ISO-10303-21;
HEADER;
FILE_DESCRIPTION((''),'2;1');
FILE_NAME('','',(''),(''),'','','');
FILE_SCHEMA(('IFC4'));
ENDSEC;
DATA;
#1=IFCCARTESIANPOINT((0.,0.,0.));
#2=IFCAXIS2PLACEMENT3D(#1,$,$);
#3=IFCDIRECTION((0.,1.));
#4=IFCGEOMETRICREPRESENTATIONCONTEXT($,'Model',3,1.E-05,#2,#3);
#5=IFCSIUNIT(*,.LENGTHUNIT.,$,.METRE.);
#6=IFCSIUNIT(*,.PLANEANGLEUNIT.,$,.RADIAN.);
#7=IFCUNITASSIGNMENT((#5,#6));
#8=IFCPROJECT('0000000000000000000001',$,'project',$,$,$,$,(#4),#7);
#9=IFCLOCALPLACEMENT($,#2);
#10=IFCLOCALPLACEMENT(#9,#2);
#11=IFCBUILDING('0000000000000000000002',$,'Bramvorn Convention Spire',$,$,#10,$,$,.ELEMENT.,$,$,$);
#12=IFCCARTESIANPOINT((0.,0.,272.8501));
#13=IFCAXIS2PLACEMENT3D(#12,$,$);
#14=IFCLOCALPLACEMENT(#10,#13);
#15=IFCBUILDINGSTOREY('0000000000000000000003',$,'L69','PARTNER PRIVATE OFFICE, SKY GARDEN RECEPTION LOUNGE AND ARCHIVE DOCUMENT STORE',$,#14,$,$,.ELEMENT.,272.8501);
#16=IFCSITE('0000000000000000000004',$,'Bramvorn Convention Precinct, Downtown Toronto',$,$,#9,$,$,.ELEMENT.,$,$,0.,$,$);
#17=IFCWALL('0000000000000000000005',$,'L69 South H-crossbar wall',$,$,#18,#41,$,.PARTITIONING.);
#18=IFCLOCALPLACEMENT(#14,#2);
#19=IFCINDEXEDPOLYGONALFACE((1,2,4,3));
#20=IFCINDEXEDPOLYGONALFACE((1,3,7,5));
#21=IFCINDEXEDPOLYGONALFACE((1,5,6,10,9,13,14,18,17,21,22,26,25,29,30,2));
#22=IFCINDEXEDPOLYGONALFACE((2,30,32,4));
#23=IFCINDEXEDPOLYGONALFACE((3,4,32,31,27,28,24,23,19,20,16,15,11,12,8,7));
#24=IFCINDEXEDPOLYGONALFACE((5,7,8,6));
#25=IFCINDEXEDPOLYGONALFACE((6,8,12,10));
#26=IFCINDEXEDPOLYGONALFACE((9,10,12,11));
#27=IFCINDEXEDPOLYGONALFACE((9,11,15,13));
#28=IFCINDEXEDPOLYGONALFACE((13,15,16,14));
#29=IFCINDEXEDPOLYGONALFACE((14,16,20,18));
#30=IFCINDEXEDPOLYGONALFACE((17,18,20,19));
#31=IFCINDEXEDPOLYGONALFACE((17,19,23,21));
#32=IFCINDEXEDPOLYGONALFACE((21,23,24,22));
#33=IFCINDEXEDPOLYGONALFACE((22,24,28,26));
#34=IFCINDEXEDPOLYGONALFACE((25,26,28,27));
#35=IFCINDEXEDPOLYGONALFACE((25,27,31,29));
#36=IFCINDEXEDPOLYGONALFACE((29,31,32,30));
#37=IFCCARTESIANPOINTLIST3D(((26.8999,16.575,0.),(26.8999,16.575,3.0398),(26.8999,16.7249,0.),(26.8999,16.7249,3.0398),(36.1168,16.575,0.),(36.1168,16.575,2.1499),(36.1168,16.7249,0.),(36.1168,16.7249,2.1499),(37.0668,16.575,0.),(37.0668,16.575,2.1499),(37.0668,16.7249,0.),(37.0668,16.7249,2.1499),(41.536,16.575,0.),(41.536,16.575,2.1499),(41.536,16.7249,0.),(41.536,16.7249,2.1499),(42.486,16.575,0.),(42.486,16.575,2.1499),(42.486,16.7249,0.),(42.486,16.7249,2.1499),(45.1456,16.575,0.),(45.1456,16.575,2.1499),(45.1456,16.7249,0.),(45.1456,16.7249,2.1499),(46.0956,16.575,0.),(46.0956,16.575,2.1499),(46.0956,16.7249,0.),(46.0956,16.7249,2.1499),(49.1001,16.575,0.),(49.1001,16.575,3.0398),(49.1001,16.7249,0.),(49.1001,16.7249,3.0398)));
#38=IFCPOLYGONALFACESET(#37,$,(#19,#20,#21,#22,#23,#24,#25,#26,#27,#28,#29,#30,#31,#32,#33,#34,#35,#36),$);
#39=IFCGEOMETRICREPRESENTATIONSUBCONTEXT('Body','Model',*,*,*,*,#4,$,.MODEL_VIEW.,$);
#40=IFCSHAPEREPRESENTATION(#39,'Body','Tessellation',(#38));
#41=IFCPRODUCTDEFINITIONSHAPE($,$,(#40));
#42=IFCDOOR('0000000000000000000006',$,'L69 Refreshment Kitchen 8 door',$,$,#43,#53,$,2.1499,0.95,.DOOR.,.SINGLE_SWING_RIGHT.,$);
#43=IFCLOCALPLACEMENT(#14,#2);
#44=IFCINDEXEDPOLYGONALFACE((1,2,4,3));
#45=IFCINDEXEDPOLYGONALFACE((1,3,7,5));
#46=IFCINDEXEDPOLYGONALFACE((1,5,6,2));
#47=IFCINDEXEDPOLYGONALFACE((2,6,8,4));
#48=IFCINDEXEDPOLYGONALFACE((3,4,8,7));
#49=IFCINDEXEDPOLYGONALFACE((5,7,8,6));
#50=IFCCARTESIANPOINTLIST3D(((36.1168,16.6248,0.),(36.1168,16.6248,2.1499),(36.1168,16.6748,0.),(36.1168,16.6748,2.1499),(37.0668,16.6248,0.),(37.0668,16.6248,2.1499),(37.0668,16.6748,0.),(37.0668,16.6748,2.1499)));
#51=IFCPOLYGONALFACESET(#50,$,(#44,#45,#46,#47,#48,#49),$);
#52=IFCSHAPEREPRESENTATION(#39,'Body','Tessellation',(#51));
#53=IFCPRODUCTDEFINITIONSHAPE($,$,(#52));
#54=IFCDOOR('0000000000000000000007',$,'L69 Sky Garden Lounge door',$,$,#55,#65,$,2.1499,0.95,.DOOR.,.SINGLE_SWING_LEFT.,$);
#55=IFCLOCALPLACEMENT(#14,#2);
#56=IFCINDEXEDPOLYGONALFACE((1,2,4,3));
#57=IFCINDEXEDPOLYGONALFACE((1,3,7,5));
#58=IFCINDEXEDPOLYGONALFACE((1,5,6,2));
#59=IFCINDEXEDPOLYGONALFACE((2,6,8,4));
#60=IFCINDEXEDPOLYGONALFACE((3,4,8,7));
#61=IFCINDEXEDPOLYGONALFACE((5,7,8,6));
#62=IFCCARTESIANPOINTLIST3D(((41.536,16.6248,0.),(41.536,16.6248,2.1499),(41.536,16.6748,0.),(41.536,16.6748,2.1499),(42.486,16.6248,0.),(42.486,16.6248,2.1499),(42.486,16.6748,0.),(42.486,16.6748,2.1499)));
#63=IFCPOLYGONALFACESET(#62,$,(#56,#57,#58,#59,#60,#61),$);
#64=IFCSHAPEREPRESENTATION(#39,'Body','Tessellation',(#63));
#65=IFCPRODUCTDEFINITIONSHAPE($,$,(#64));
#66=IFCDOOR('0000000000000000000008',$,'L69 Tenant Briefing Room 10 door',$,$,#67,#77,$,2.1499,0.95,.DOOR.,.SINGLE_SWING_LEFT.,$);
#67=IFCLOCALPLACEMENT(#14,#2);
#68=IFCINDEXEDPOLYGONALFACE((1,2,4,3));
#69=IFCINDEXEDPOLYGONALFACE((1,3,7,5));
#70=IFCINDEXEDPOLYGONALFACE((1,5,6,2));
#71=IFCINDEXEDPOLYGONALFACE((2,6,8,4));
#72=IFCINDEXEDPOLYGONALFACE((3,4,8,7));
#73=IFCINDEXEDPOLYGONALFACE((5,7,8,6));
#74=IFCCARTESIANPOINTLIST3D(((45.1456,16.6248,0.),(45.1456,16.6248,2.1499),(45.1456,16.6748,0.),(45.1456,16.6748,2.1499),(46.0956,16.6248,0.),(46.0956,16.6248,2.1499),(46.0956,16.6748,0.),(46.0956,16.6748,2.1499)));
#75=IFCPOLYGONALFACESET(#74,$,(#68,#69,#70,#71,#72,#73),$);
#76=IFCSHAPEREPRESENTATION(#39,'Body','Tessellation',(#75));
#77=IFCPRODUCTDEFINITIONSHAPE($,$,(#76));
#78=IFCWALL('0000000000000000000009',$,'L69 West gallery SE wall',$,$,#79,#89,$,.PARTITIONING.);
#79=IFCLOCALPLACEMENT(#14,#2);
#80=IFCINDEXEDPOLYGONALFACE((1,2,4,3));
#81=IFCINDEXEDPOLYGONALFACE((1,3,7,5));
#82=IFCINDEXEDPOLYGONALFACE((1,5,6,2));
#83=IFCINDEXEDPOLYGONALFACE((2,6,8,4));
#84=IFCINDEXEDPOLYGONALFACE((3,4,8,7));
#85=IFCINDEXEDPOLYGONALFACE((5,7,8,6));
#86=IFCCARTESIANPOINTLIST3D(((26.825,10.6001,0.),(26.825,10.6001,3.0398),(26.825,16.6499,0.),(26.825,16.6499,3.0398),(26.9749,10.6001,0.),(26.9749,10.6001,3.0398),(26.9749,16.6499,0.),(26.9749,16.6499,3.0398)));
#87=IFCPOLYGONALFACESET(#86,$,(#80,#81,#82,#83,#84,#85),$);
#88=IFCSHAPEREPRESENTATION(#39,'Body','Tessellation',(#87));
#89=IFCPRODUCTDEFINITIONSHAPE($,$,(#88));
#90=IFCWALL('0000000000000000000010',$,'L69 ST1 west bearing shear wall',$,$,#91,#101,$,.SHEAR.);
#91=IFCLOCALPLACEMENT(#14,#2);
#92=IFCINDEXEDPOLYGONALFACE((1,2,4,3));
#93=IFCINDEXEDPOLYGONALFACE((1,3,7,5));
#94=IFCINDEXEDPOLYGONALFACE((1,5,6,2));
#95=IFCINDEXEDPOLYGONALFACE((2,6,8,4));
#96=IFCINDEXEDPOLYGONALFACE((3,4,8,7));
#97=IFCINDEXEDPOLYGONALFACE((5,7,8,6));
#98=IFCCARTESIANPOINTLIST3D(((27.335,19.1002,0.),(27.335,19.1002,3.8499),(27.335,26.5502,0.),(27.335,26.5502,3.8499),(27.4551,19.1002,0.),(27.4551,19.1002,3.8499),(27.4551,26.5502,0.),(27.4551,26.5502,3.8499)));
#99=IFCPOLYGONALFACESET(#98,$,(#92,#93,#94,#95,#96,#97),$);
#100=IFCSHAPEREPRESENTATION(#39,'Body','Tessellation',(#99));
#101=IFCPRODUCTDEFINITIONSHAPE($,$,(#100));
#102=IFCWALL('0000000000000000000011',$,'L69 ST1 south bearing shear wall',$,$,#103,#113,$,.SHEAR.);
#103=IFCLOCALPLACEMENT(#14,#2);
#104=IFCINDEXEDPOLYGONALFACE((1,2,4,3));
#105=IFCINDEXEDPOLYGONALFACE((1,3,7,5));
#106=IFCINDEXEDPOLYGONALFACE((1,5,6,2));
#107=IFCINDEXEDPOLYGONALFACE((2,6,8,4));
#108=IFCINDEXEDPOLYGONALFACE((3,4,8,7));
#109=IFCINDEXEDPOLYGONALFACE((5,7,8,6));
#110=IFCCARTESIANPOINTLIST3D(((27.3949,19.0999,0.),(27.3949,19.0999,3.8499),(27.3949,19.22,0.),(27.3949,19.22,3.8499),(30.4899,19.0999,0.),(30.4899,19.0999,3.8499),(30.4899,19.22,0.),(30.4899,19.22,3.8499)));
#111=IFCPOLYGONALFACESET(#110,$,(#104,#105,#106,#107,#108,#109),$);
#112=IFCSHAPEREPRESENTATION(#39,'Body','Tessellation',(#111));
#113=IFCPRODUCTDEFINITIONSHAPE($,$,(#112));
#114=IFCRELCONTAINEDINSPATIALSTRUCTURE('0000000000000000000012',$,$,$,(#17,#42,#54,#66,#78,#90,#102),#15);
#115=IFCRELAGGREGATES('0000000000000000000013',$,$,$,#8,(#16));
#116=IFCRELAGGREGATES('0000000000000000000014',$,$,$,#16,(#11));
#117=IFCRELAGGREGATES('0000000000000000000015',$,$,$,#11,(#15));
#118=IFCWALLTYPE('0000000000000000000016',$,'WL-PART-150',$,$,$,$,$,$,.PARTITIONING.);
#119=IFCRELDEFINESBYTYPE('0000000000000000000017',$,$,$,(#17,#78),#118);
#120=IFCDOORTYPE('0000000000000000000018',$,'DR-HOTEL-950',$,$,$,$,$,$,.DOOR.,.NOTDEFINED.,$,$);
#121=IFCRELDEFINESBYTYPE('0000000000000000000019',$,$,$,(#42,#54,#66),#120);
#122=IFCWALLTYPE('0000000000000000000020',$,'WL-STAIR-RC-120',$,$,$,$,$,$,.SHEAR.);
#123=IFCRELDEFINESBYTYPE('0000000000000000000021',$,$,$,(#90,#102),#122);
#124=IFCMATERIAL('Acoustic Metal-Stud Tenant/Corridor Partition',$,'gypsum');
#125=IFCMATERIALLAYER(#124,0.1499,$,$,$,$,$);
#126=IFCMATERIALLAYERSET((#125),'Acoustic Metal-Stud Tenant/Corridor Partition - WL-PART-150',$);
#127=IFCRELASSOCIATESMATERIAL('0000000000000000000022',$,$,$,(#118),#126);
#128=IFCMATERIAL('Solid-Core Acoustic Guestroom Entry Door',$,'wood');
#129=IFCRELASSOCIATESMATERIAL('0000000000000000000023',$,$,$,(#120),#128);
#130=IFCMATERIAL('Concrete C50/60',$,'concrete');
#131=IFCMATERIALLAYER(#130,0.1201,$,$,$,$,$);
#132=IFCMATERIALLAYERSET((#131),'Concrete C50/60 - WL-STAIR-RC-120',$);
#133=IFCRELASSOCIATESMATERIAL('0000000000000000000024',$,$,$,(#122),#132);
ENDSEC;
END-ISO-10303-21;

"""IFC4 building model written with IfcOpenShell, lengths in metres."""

from ifc_helpers import new_model, si_unit, direction, frame, frame_2d, origin, place, context, subcontext, project, spatial, rectangle, extrude, material, layer, layer_set, type_object, element, fill, save


model = new_model("IFC4")

# Units and contexts
model_context = context("Model", 3, precision=1e-05, world=origin(), true_north=direction((0.0, 1.0)))
body_context = subcontext(model_context, "Body", "Model", "MODEL_VIEW")
ifc_project = project(units=[si_unit("LENGTHUNIT", "METRE"), si_unit("PLANEANGLEUNIT", "RADIAN")], contexts=[model_context])

# Site, building, storey
site_placement = place(None, origin())
site = spatial("IfcSite", under=ifc_project, at=site_placement, Name="Bramvorn Convention Precinct, Downtown Toronto", CompositionType="ELEMENT", RefElevation=0.0)
building_placement = place(site_placement, origin())
building = spatial("IfcBuilding", under=site, at=building_placement, Name="Bramvorn Convention Spire", CompositionType="ELEMENT")
storey_placement = place(building_placement, frame((0.0, 0.0, 272.8501)))
storey = spatial("IfcBuildingStorey", under=building, at=storey_placement, Name="L69", Description="PARTNER PRIVATE OFFICE, SKY GARDEN RECEPTION LOUNGE AND ARCHIVE DOCUMENT STORE", CompositionType="ELEMENT", Elevation=272.8501)

# Shared definitions
ifc_material_1 = material(Name="Concrete C50/60", Category="concrete")

# Wall, openings, doors
ifc_material_2 = material(Name="Acoustic Metal-Stud Tenant/Corridor Partition", Category="gypsum")
ifc_layer_1 = layer(ifc_material_2, 0.1499)
ifc_layer_set_1 = layer_set([ifc_layer_1], Name="Acoustic Metal-Stud Tenant/Corridor Partition - WL-PART-150")
wall_type_1 = type_object("IfcWallType", Name="WL-PART-150", PredefinedType="PARTITIONING", material=ifc_layer_set_1)
wall_1_placement = place(storey_placement, frame((26.8999, 16.6499, 0.0), z_axis=(0.0, 0.0, 1.0), x_axis=(1.0, 0.0, 0.0)))
wall_1 = element("IfcWall", 1, at=wall_1_placement, inside=storey, type_object=wall_type_1, Name="L69 South H-crossbar wall", PredefinedType="PARTITIONING", context=body_context, shape_type="SweptSolid", body=[
    extrude(rectangle(XDim=22.2002, YDim=0.1499, at=frame_2d((11.1001, 0.0))), origin(), (0.0, 0.0, 1.0), 3.0398),
])
opening_1_placement = place(wall_1_placement, frame((9.2168, 0.0, 0.0)))
opening_1 = element("IfcOpeningElement", 2, at=opening_1_placement, cuts=wall_1, PredefinedType="OPENING", context=body_context, shape_type="SweptSolid", body=[
    extrude(rectangle(XDim=0.95, YDim=2.1499, at=frame_2d((0.4751, 1.075))), frame((0.0, 0.085, 0.0), z_axis=(0.0, -1.0, 0.0), x_axis=(1.0, 0.0, 0.0)), (0.0, 0.0, 1.0), 0.1699),
])
opening_2_placement = place(wall_1_placement, frame((14.636, 0.0, 0.0)))
opening_2 = element("IfcOpeningElement", 3, at=opening_2_placement, cuts=wall_1, PredefinedType="OPENING", context=body_context, shape_type="SweptSolid", body=[
    extrude(rectangle(XDim=0.95, YDim=2.1499, at=frame_2d((0.4751, 1.075))), frame((0.0, 0.085, 0.0), z_axis=(0.0, -1.0, 0.0), x_axis=(1.0, 0.0, 0.0)), (0.0, 0.0, 1.0), 0.1699),
])
opening_3_placement = place(wall_1_placement, frame((18.2456, 0.0, 0.0)))
opening_3 = element("IfcOpeningElement", 4, at=opening_3_placement, cuts=wall_1, PredefinedType="OPENING", context=body_context, shape_type="SweptSolid", body=[
    extrude(rectangle(XDim=0.95, YDim=2.1499, at=frame_2d((0.4751, 1.075))), frame((0.0, 0.085, 0.0), z_axis=(0.0, -1.0, 0.0), x_axis=(1.0, 0.0, 0.0)), (0.0, 0.0, 1.0), 0.1699),
])
ifc_material_3 = material(Name="Solid-Core Acoustic Guestroom Entry Door", Category="wood")
door_type_1 = type_object("IfcDoorType", Name="DR-HOTEL-950", OperationType="NOTDEFINED", PredefinedType="DOOR", material=ifc_material_3)
door_1_placement = place(opening_1_placement, origin())
door_1 = element("IfcDoor", 5, at=door_1_placement, inside=storey, type_object=door_type_1, Name="L69 Refreshment Kitchen 8 door", OperationType="SINGLE_SWING_RIGHT", OverallHeight=2.1499, OverallWidth=0.95, PredefinedType="DOOR", context=body_context, shape_type="SweptSolid", body=[
    extrude(rectangle(XDim=0.95, YDim=2.1499, at=frame_2d((0.4751, 1.075))), frame((0.0, 0.0249, 0.0), z_axis=(0.0, -1.0, 0.0), x_axis=(1.0, 0.0, 0.0)), (0.0, 0.0, 1.0), 0.05),
])
fill(opening_1, door_1)
door_2_placement = place(opening_2_placement, origin())
door_2 = element("IfcDoor", 6, at=door_2_placement, inside=storey, type_object=door_type_1, Name="L69 Sky Garden Lounge door", OperationType="SINGLE_SWING_LEFT", OverallHeight=2.1499, OverallWidth=0.95, PredefinedType="DOOR", context=body_context, shape_type="SweptSolid", body=[
    extrude(rectangle(XDim=0.95, YDim=2.1499, at=frame_2d((0.4751, 1.075))), frame((0.0, 0.0249, 0.0), z_axis=(0.0, -1.0, 0.0), x_axis=(1.0, 0.0, 0.0)), (0.0, 0.0, 1.0), 0.05),
])
fill(opening_2, door_2)
door_3_placement = place(opening_3_placement, origin())
door_3 = element("IfcDoor", 7, at=door_3_placement, inside=storey, type_object=door_type_1, Name="L69 Tenant Briefing Room 10 door", OperationType="SINGLE_SWING_LEFT", OverallHeight=2.1499, OverallWidth=0.95, PredefinedType="DOOR", context=body_context, shape_type="SweptSolid", body=[
    extrude(rectangle(XDim=0.95, YDim=2.1499, at=frame_2d((0.4751, 1.075))), frame((0.0, 0.0249, 0.0), z_axis=(0.0, -1.0, 0.0), x_axis=(1.0, 0.0, 0.0)), (0.0, 0.0, 1.0), 0.05),
])
fill(opening_3, door_3)

# Walls
wall_2_placement = place(storey_placement, frame((26.8999, 10.6001, 0.0), z_axis=(0.0, 0.0, 1.0), x_axis=(0.0, 1.0, 0.0)))
element("IfcWall", 8, at=wall_2_placement, inside=storey, type_object=wall_type_1, Name="L69 West gallery SE wall", PredefinedType="PARTITIONING", context=body_context, shape_type="SweptSolid", body=[
    extrude(rectangle(XDim=6.0498, YDim=0.1499, at=frame_2d((3.0249, 0.0))), origin(), (0.0, 0.0, 1.0), 3.0398),
])
ifc_layer_2 = layer(ifc_material_1, 0.1201)
ifc_layer_set_2 = layer_set([ifc_layer_2], Name="Concrete C50/60 - WL-STAIR-RC-120")
wall_type_2 = type_object("IfcWallType", Name="WL-STAIR-RC-120", PredefinedType="SHEAR", material=ifc_layer_set_2)
wall_3_placement = place(storey_placement, frame((27.395, 19.1001, 0.0), z_axis=(0.0, 0.0, 1.0), x_axis=(0.0, 1.0, 0.0)))
element("IfcWall", 9, at=wall_3_placement, inside=storey, type_object=wall_type_2, Name="L69 ST1 west bearing shear wall", PredefinedType="SHEAR", context=body_context, shape_type="SweptSolid", body=[
    extrude(rectangle(XDim=7.45, YDim=0.1201, at=frame_2d((3.7251, 0.0))), origin(), (0.0, 0.0, 1.0), 3.8499),
])
wall_4_placement = place(storey_placement, frame((27.395, 19.1599, 0.0), z_axis=(0.0, 0.0, 1.0), x_axis=(1.0, 0.0, 0.0)))
element("IfcWall", 10, at=wall_4_placement, inside=storey, type_object=wall_type_2, Name="L69 ST1 south bearing shear wall", PredefinedType="SHEAR", context=body_context, shape_type="SweptSolid", body=[
    extrude(rectangle(XDim=3.095, YDim=0.1201, at=frame_2d((1.5474, 0.0))), origin(), (0.0, 0.0, 1.0), 3.8499),
])

save(model, "model.ifc")
